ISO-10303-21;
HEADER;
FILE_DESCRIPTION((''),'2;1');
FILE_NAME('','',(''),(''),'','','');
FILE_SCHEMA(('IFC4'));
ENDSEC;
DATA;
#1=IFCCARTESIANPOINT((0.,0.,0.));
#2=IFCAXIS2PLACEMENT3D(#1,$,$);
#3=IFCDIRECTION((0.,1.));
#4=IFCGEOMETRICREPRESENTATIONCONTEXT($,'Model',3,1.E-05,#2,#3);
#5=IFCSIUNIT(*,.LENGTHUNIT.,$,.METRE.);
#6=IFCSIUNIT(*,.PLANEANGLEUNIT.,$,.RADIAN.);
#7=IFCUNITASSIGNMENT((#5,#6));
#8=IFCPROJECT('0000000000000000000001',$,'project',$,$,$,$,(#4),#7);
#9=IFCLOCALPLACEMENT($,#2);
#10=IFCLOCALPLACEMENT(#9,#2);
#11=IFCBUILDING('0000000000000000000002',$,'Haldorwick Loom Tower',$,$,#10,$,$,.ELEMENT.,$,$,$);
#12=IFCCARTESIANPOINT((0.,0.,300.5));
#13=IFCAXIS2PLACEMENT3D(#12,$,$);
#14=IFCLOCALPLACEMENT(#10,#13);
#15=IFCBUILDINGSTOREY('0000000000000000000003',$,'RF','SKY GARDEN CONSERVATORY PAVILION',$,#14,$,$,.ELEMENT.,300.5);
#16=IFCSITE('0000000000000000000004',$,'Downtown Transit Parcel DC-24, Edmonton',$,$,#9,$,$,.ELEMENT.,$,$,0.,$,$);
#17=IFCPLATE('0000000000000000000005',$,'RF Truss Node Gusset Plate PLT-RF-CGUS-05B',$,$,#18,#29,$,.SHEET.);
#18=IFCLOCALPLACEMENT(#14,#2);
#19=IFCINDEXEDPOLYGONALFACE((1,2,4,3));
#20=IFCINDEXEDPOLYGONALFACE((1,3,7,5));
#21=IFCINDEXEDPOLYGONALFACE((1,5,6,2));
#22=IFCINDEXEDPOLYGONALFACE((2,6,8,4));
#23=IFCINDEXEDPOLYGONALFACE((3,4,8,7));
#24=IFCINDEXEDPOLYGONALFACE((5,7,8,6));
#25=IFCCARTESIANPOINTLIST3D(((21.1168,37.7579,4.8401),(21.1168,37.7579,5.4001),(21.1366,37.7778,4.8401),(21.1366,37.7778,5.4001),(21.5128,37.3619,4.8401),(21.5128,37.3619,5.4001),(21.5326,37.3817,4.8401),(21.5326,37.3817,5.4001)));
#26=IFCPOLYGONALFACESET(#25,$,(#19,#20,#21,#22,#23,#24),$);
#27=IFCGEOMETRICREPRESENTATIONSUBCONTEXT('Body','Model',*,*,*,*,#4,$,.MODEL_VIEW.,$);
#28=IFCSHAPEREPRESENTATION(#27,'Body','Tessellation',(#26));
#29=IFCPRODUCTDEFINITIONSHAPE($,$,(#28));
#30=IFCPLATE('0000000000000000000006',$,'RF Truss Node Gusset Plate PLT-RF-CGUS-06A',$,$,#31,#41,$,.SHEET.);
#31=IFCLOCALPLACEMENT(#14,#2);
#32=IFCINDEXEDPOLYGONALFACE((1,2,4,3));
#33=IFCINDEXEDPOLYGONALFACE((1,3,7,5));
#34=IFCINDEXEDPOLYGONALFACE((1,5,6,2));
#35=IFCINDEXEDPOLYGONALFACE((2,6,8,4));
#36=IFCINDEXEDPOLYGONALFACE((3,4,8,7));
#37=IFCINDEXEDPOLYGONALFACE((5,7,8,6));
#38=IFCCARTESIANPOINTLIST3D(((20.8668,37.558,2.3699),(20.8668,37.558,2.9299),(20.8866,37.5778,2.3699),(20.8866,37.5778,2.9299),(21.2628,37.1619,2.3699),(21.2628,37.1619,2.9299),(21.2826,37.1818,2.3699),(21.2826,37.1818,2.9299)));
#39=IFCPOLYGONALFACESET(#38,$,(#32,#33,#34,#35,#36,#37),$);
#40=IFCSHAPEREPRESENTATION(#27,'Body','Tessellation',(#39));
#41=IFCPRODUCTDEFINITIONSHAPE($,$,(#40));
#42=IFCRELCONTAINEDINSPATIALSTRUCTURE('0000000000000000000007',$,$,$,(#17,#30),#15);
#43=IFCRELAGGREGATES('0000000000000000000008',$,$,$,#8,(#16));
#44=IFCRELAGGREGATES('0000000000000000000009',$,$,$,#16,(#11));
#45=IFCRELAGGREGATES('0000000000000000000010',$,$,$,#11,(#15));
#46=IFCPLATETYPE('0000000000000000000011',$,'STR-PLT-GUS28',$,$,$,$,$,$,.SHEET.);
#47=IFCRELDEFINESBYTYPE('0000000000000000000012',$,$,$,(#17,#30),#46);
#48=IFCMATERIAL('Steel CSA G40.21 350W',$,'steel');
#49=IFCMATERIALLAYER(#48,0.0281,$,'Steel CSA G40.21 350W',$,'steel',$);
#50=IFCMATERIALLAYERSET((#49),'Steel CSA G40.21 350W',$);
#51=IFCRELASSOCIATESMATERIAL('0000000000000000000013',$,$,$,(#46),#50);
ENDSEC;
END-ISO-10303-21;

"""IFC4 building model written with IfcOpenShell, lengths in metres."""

from ifc_helpers import new_model, si_unit, direction, frame, origin, origin_2d, place, context, subcontext, project, spatial, rectangle, extrude, material, layer, layer_set, type_object, element, save


model = new_model("IFC4")

# Units and contexts
model_context = context("Model", 3, precision=1e-05, world=origin(), true_north=direction((0.0, 1.0)))
body_context = subcontext(model_context, "Body", "Model", "MODEL_VIEW")
ifc_project = project(units=[si_unit("LENGTHUNIT", "METRE"), si_unit("PLANEANGLEUNIT", "RADIAN")], contexts=[model_context])

# Site, building, storey
site_placement = place(None, origin())
site = spatial("IfcSite", under=ifc_project, at=site_placement, Name="Downtown Transit Parcel DC-24, Edmonton", CompositionType="ELEMENT", RefElevation=0.0)
building_placement = place(site_placement, origin())
building = spatial("IfcBuilding", under=site, at=building_placement, Name="Haldorwick Loom Tower", CompositionType="ELEMENT")
storey_placement = place(building_placement, frame((0.0, 0.0, 300.5)))
storey = spatial("IfcBuildingStorey", under=building, at=storey_placement, Name="RF", Description="SKY GARDEN CONSERVATORY PAVILION", CompositionType="ELEMENT", Elevation=300.5)

# Shared definitions
ifc_material = material(Name="Steel CSA G40.21 350W", Category="steel")

# Plates
ifc_layer = layer(ifc_material, 0.0281, Name="Steel CSA G40.21 350W", Category="steel")
ifc_layer_set = layer_set([ifc_layer], Name="Steel CSA G40.21 350W")
plate_type = type_object("IfcPlateType", Name="STR-PLT-GUS28", PredefinedType="SHEET", material=ifc_layer_set)
for number, where, z_axis, x_axis, name in (
    (1, (21.3247, 37.5698, 4.8401), (0.0, 0.0, 1.0), (-0.707107, 0.707107, 0.0), "RF Truss Node Gusset Plate PLT-RF-CGUS-05B"),
    (2, (21.0747, 37.3699, 2.3699), (0.0, 0.0, 1.0), (-0.707107, 0.707107, 0.0), "RF Truss Node Gusset Plate PLT-RF-CGUS-06A"),
):
    element("IfcPlate", number, at=place(storey_placement, frame(where, z_axis=z_axis, x_axis=x_axis)), inside=storey, type_object=plate_type, Name=name, PredefinedType="SHEET", context=body_context, shape_type="SweptSolid", body=[
        extrude(rectangle(XDim=0.5601, YDim=0.0281, at=origin_2d()), origin(), (0.0, 0.0, 1.0), 0.5601),
    ])

save(model, "model.ifc")
